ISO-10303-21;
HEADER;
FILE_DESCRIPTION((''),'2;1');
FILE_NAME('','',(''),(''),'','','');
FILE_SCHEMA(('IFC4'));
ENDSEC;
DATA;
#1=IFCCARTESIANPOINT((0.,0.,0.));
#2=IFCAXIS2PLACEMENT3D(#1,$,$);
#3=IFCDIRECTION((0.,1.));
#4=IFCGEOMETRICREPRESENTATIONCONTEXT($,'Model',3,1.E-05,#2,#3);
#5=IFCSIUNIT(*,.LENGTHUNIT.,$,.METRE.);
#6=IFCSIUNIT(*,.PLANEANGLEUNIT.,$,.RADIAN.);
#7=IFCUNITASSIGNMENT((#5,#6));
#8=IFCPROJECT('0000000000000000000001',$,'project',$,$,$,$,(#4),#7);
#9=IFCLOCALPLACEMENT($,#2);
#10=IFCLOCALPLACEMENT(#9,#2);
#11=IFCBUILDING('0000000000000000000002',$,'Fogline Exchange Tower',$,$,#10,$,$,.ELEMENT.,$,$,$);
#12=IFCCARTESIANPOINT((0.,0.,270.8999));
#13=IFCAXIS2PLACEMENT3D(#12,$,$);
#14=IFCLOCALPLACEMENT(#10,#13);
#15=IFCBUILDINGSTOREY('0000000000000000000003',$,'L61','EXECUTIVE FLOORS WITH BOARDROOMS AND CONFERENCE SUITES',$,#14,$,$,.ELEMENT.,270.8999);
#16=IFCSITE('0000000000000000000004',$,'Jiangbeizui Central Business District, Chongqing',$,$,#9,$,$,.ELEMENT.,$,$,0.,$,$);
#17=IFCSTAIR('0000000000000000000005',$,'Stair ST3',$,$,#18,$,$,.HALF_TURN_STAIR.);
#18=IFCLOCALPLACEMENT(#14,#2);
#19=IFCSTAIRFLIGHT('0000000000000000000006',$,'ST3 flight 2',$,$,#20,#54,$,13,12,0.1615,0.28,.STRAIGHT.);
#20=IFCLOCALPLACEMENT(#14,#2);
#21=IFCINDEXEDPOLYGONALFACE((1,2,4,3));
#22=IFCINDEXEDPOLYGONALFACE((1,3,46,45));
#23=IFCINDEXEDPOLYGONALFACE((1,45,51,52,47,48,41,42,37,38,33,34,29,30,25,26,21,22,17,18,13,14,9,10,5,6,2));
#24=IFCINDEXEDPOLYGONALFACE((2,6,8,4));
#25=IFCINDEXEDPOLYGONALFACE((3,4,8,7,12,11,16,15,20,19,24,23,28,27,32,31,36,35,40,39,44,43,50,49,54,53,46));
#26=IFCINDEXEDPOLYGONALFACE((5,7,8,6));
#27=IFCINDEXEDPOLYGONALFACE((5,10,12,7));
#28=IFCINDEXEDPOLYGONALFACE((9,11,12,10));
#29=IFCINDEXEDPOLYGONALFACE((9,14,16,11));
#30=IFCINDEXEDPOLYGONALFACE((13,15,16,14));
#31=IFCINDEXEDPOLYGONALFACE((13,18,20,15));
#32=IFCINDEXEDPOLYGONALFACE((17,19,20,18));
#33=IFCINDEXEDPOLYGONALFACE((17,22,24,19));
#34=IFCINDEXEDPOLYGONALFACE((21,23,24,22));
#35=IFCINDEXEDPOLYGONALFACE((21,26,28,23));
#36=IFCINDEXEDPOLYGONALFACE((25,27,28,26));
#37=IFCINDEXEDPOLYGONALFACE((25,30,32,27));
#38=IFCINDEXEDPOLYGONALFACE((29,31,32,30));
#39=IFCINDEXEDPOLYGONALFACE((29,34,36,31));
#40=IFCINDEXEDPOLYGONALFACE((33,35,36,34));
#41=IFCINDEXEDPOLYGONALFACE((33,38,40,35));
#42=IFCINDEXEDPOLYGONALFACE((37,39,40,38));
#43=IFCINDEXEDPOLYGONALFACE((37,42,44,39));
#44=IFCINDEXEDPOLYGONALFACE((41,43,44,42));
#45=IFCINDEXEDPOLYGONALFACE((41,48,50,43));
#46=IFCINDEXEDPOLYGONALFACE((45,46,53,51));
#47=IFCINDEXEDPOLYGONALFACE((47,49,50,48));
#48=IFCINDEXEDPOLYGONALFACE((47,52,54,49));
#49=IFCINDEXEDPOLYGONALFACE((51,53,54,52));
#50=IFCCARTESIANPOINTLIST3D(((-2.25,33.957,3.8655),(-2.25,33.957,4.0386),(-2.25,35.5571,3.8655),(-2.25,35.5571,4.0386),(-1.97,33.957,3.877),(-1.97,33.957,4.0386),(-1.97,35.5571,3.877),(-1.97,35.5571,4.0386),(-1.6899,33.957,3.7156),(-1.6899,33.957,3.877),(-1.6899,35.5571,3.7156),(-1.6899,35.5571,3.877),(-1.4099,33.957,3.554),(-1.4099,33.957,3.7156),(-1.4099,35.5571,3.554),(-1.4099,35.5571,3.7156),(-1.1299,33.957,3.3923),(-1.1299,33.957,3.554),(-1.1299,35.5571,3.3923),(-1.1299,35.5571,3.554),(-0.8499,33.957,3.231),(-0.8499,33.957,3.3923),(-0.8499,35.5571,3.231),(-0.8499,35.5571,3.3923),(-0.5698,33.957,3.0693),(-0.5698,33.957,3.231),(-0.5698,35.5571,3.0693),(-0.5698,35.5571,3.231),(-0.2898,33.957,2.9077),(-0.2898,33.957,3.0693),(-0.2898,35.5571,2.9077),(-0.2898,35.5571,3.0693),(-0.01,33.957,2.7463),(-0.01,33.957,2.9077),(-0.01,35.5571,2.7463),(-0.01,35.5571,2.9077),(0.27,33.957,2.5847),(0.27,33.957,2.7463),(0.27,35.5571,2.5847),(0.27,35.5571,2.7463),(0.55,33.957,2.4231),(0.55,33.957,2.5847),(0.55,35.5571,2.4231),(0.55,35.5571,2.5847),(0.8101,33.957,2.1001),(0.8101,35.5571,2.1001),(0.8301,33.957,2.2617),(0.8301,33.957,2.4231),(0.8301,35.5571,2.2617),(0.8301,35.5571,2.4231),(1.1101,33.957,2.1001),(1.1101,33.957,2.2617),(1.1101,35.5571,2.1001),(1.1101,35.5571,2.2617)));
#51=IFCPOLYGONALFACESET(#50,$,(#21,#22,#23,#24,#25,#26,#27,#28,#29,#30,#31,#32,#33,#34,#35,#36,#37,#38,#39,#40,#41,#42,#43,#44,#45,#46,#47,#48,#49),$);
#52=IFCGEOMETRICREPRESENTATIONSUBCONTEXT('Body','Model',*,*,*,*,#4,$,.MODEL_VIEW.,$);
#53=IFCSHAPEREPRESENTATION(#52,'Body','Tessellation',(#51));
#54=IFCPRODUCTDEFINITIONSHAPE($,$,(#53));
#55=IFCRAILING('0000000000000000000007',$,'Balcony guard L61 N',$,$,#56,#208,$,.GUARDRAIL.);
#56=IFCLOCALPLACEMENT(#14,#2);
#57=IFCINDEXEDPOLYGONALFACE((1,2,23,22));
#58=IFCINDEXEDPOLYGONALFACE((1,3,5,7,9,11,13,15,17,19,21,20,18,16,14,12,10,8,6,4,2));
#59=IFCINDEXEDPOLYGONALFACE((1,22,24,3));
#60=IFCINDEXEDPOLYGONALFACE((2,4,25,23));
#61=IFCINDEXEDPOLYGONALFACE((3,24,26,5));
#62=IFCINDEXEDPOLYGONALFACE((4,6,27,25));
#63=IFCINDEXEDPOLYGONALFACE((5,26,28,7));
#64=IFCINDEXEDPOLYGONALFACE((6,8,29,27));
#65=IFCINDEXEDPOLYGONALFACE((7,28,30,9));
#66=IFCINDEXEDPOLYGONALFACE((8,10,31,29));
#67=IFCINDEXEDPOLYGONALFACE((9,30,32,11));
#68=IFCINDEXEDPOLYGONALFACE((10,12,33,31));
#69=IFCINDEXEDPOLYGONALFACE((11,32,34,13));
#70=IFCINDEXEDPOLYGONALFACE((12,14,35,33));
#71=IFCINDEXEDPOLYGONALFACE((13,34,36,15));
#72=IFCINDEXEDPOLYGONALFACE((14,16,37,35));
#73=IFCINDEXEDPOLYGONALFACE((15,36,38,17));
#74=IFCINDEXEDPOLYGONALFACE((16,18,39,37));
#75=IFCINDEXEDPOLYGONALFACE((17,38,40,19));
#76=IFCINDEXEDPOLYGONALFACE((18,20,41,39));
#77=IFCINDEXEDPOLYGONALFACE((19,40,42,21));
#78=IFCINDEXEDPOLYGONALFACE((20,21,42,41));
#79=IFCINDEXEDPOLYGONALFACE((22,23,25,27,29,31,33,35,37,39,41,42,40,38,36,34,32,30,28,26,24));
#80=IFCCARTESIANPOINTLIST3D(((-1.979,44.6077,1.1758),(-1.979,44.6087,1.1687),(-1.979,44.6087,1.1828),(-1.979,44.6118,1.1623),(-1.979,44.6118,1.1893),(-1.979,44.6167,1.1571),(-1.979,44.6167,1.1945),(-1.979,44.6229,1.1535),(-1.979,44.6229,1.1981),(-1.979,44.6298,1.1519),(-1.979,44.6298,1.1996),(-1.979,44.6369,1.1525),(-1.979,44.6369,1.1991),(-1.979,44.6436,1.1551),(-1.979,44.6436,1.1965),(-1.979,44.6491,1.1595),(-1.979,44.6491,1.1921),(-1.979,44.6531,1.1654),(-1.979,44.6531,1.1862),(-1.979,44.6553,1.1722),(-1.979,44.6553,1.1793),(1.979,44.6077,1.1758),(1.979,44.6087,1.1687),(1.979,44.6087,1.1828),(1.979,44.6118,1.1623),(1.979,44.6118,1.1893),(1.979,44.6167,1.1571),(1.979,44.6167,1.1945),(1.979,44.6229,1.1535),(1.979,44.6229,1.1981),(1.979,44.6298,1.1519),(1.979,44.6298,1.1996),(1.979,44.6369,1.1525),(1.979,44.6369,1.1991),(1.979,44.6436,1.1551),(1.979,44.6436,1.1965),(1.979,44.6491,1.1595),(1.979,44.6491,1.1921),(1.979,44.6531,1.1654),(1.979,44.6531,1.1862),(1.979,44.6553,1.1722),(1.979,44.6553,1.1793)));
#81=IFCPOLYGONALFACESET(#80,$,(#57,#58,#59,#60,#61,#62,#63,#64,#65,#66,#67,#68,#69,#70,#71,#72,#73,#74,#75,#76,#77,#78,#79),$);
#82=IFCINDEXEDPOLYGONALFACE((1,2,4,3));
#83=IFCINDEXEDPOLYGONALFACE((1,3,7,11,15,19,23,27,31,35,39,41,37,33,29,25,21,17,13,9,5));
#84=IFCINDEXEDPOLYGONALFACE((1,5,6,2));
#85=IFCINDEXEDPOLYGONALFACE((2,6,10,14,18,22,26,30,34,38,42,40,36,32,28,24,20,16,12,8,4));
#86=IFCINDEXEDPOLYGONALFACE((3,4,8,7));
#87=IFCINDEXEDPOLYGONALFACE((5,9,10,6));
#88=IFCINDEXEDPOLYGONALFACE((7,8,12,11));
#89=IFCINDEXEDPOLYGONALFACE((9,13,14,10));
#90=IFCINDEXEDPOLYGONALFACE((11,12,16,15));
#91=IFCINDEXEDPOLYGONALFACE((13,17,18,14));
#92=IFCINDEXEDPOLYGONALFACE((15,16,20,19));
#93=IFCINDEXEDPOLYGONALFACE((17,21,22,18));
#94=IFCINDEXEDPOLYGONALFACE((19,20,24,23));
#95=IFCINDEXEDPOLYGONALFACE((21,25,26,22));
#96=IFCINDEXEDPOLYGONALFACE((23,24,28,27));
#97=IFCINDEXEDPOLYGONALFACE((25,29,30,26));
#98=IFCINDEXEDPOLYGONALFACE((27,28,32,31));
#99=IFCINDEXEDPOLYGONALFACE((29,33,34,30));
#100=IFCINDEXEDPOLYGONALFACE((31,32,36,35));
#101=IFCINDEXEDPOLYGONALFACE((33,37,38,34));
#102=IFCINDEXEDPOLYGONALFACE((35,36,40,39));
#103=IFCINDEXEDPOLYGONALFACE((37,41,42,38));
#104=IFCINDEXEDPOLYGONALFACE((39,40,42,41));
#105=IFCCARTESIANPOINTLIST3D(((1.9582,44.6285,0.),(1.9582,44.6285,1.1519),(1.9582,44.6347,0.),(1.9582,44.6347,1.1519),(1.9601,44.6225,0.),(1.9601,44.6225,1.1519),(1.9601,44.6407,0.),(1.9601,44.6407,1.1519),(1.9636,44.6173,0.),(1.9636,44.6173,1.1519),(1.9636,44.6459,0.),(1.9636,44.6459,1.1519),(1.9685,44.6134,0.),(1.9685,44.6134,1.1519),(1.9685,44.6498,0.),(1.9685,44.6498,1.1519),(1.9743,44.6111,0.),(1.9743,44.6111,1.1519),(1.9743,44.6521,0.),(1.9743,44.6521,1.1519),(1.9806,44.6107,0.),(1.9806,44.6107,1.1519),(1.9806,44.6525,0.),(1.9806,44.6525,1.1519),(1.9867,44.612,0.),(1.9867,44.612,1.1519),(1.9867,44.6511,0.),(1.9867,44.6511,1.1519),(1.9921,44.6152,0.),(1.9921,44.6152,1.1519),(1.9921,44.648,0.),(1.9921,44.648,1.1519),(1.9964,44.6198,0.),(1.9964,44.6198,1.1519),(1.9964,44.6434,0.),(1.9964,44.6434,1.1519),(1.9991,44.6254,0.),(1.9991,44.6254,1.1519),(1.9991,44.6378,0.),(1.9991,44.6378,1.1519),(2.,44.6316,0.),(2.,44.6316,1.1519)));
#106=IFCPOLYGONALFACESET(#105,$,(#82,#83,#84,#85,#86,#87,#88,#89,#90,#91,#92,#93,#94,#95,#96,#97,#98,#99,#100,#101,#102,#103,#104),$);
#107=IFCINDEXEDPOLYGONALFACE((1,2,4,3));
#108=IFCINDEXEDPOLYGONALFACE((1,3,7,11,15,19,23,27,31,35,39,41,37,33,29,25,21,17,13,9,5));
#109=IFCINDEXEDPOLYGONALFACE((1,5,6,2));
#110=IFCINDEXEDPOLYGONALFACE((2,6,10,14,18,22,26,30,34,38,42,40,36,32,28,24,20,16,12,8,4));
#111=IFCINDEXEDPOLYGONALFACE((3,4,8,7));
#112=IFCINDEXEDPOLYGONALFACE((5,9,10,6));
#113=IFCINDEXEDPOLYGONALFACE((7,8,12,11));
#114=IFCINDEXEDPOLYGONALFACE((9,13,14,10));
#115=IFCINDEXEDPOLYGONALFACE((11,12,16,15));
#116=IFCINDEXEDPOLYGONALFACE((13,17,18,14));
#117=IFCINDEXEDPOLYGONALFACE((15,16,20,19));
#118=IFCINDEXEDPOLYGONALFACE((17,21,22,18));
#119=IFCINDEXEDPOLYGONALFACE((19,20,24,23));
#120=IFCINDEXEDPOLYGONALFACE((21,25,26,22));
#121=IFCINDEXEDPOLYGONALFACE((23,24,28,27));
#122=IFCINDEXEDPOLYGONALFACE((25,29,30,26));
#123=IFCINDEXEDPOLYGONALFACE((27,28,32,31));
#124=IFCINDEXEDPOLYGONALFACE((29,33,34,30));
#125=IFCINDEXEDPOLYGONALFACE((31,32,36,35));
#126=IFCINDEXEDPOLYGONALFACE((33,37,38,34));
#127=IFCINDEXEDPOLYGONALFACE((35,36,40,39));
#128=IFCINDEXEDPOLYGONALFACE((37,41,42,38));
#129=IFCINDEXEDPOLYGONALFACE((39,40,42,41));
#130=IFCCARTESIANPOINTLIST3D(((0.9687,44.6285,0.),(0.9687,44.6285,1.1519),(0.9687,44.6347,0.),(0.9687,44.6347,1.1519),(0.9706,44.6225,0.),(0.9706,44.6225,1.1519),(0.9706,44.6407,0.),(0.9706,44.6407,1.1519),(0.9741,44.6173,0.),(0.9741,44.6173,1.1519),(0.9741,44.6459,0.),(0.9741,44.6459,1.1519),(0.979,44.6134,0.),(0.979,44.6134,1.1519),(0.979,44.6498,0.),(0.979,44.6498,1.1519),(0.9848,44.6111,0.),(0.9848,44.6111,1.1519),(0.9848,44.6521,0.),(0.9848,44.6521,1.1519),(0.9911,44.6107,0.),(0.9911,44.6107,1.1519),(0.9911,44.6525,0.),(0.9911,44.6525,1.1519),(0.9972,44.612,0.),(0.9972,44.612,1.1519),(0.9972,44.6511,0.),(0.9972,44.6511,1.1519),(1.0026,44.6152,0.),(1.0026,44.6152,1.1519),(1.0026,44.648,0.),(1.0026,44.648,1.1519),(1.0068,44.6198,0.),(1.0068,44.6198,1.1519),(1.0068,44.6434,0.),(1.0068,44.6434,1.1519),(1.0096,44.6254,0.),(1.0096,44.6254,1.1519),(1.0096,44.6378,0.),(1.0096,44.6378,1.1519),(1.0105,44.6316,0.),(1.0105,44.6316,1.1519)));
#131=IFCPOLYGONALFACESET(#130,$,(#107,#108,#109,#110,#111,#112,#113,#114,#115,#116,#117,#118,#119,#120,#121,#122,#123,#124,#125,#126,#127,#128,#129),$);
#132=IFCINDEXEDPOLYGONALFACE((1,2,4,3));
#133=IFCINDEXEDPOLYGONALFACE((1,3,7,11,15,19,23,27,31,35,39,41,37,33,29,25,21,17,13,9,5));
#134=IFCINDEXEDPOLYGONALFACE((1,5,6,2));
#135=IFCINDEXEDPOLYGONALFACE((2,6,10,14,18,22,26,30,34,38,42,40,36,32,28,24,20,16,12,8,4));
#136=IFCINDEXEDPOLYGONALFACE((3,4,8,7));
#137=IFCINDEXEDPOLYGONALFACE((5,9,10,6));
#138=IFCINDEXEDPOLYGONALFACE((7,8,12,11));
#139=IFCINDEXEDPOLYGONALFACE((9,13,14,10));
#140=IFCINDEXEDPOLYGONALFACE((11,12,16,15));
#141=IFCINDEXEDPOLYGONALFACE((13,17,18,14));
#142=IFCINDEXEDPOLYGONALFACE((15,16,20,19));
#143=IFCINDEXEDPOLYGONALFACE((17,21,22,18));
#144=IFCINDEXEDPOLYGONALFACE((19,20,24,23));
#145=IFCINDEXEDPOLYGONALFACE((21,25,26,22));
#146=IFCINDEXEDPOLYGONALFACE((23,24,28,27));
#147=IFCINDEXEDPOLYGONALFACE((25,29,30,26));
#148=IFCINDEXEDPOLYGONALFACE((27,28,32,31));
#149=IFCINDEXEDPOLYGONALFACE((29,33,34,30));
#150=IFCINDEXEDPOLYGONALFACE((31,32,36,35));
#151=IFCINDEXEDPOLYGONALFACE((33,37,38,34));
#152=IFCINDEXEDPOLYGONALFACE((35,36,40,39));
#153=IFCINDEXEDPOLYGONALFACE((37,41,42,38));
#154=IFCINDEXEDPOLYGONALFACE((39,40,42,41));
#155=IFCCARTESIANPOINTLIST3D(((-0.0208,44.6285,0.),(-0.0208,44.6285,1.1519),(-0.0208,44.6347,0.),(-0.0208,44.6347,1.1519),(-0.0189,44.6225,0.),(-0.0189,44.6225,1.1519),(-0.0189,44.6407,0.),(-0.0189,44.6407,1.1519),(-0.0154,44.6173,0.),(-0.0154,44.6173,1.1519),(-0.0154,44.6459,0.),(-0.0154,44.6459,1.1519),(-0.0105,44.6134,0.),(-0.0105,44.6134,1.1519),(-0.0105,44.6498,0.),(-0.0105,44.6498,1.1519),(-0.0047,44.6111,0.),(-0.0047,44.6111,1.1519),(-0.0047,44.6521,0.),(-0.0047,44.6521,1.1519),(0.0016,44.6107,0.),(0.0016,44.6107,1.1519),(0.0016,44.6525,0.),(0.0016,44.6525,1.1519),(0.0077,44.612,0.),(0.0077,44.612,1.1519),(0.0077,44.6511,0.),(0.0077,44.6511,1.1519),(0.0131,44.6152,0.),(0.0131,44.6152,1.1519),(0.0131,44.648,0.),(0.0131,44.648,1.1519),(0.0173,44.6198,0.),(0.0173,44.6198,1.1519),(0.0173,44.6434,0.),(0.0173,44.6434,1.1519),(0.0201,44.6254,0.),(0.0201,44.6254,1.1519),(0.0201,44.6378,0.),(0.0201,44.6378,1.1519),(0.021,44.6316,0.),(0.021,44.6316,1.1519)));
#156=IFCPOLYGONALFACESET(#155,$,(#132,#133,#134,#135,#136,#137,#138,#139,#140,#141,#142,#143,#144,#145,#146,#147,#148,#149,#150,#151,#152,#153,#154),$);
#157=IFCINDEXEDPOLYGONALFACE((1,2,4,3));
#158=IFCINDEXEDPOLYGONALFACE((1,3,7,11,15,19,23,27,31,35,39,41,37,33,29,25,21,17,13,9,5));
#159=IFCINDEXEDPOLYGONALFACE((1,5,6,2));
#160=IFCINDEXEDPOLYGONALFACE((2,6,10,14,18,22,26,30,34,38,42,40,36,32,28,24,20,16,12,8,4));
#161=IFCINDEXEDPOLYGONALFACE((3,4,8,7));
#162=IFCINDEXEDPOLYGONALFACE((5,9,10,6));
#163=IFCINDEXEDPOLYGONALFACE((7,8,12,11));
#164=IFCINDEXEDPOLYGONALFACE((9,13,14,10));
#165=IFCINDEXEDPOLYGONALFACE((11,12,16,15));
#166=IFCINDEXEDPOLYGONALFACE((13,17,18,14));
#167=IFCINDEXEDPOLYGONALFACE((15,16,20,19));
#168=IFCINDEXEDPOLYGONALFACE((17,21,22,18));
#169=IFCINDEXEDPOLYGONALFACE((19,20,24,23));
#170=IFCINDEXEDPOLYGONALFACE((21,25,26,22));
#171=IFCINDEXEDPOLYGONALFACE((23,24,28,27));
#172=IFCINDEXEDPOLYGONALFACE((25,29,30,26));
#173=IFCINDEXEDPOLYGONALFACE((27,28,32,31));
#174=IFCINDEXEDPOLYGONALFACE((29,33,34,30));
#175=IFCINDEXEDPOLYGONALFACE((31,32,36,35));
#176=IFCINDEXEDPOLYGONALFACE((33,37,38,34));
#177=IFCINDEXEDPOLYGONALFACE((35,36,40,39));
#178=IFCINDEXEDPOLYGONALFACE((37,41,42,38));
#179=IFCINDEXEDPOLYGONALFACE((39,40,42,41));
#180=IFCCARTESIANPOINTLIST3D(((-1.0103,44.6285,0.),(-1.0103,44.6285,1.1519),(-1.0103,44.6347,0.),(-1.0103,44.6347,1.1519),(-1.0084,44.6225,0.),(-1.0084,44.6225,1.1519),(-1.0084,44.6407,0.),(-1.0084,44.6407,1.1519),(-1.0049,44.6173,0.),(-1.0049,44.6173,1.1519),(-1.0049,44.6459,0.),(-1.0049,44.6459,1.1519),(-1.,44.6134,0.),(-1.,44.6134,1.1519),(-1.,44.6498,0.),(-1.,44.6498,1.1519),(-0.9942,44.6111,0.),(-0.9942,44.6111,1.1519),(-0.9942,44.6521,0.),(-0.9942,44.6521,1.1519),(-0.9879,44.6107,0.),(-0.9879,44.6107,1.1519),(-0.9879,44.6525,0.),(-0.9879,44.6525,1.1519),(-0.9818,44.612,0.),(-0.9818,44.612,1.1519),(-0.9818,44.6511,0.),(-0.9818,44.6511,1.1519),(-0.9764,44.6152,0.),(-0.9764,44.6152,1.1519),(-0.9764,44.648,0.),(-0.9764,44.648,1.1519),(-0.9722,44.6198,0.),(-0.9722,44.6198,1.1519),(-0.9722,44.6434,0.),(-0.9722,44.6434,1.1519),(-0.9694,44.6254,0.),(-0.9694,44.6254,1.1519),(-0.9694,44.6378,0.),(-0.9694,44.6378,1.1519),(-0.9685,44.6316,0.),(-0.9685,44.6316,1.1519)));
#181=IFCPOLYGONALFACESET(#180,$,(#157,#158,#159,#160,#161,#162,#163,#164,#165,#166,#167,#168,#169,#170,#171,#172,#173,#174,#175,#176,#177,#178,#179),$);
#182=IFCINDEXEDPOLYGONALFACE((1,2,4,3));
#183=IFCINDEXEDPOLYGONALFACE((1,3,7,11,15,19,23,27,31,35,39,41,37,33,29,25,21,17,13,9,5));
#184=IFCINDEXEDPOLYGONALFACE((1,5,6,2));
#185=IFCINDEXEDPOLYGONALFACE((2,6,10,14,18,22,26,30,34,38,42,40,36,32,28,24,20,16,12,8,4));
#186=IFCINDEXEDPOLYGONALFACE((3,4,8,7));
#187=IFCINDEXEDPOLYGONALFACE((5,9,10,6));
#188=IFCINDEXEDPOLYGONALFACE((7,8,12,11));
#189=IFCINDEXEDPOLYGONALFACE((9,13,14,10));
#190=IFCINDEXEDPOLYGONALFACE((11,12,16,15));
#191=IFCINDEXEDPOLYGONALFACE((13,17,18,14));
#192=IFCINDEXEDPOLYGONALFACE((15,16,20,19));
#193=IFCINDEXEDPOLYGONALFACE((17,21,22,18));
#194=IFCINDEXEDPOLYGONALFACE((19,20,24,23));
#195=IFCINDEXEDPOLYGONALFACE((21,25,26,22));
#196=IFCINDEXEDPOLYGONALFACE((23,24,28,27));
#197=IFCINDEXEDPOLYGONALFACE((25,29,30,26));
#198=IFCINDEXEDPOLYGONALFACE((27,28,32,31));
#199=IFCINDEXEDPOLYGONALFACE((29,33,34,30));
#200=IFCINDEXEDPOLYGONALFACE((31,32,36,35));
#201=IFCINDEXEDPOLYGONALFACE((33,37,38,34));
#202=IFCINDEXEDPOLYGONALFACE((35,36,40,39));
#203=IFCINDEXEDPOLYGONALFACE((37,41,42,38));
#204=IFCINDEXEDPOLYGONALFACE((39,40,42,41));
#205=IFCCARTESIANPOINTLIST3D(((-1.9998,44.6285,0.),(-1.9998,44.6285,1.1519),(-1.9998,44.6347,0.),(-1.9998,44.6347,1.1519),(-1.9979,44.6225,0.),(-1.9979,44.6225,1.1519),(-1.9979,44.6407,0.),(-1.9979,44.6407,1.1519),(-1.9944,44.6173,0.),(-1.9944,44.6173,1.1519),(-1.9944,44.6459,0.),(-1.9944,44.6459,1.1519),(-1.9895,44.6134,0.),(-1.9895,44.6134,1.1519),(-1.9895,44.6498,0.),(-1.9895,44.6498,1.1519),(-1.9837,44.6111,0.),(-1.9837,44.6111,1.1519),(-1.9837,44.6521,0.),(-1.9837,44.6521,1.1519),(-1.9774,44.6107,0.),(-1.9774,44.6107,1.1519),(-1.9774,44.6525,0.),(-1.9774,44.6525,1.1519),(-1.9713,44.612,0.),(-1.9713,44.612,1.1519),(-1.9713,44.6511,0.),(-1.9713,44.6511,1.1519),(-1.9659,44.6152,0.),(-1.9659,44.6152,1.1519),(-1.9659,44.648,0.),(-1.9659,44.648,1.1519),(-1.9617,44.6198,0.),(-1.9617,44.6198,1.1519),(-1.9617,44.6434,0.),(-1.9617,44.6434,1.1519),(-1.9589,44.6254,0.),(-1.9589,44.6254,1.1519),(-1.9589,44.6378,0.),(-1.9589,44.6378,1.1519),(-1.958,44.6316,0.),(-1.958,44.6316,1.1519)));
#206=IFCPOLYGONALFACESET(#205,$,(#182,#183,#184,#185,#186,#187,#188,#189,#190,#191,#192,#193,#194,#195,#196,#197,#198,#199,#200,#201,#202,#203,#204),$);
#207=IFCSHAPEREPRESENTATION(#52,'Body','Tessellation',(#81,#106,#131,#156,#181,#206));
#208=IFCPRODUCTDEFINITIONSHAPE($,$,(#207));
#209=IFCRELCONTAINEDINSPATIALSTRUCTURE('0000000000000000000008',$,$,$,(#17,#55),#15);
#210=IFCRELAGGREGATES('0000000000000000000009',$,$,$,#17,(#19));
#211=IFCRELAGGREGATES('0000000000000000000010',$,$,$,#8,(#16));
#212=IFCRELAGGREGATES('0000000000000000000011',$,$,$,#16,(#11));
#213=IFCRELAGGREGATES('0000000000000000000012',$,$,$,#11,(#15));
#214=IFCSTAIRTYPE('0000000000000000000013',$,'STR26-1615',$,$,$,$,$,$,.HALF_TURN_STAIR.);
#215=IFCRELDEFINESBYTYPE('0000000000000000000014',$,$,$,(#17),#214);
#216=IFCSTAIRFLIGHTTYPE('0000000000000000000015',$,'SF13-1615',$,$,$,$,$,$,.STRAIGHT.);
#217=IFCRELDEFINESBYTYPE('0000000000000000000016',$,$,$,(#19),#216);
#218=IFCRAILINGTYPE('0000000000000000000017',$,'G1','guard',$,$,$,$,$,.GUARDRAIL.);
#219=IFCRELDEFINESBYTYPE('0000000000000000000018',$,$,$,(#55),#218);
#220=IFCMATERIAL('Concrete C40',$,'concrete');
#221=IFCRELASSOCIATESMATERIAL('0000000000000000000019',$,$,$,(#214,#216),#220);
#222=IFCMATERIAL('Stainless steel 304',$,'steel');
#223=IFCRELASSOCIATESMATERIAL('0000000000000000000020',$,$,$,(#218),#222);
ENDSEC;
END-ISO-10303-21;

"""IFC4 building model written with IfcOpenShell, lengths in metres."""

from ifc_helpers import new_model, si_unit, direction, frame, origin, origin_2d, place, context, subcontext, project, spatial, polyline, circle, outline, extrude, material, type_object, element, aggregate, save


model = new_model("IFC4")

# Units and contexts
model_context = context("Model", 3, precision=1e-05, world=origin(), true_north=direction((0.0, 1.0)))
body_context = subcontext(model_context, "Body", "Model", "MODEL_VIEW")
ifc_project = project(units=[si_unit("LENGTHUNIT", "METRE"), si_unit("PLANEANGLEUNIT", "RADIAN")], contexts=[model_context])

# Site, building, storey
site_placement = place(None, origin())
site = spatial("IfcSite", under=ifc_project, at=site_placement, Name="Jiangbeizui Central Business District, Chongqing", CompositionType="ELEMENT", RefElevation=0.0)
building_placement = place(site_placement, origin())
building = spatial("IfcBuilding", under=site, at=building_placement, Name="Fogline Exchange Tower", CompositionType="ELEMENT")
storey_placement = place(building_placement, frame((0.0, 0.0, 270.8999)))
storey = spatial("IfcBuildingStorey", under=building, at=storey_placement, Name="L61", Description="EXECUTIVE FLOORS WITH BOARDROOMS AND CONFERENCE SUITES", CompositionType="ELEMENT", Elevation=270.8999)

# Shared definitions
ifc_material_1 = material(Name="Concrete C40", Category="concrete")

# Stair, stair flight
stair_type = type_object("IfcStairType", Name="STR26-1615", PredefinedType="HALF_TURN_STAIR", material=ifc_material_1)
stair_placement = place(storey_placement, origin())
stair = element("IfcStair", 1, at=stair_placement, inside=storey, type_object=stair_type, Name="Stair ST3", PredefinedType="HALF_TURN_STAIR")
stair_flight_type = type_object("IfcStairFlightType", Name="SF13-1615", PredefinedType="STRAIGHT", material=ifc_material_1)
stair_flight_placement = place(storey_placement, frame((1.1101, 34.7571, 2.1001), z_axis=(0.0, 0.0, 1.0), x_axis=(-1.0, 0.0, 0.0)))
stair_flight = element("IfcStairFlight", 2, at=stair_flight_placement, type_object=stair_flight_type, Name="ST3 flight 2", NumberOfRisers=13, NumberOfTreads=12, PredefinedType="STRAIGHT", RiserHeight=0.1615, TreadLength=0.28, context=body_context, shape_type="SweptSolid", body=[
    extrude(outline(polyline([(0.0, 0.0), (0.0, 0.1616), (0.28, 0.1616), (0.28, 0.323), (0.5601, 0.323), (0.5601, 0.4846), (0.8401, 0.4846), (0.8401, 0.6462), (1.1201, 0.6462), (1.1201, 0.8076), (1.3999, 0.8076), (1.3999, 0.9692), (1.6799, 0.9692), (1.6799, 1.1309), (1.96, 1.1309), (1.96, 1.2922), (2.24, 1.2922), (2.24, 1.4539), (2.52, 1.4539), (2.52, 1.6155), (2.8, 1.6155), (2.8, 1.7769), (3.0801, 1.7769), (3.0801, 1.9385), (3.3601, 1.9385), (3.3601, 2.1001), (3.3601, 1.7654), (0.3, 0.0), (0.0, 0.0)])), frame((0.0, 0.8, 0.0), z_axis=(0.0, -1.0, 0.0), x_axis=(1.0, 0.0, 0.0)), (0.0, 0.0, 1.0), 1.6001),
])
aggregate(stair, [stair_flight])

# Railing
ifc_material_2 = material(Name="Stainless steel 304", Category="steel")
railing_type = type_object("IfcRailingType", Name="G1", Description="guard", PredefinedType="GUARDRAIL", material=ifc_material_2)
railing_placement = place(storey_placement, frame((1.979, 44.6316, 0.0)))
element("IfcRailing", 3, at=railing_placement, inside=storey, type_object=railing_type, Name="Balcony guard L61 N", PredefinedType="GUARDRAIL", context=body_context, shape_type="SweptSolid", body=[
    extrude(circle(Radius=0.0239, at=origin_2d()), frame((0.0, 0.0, 1.1758), z_axis=(-1.0, 0.0, 0.0), x_axis=(0.0, -1.0, 0.0)), (0.0, 0.0, 1.0), 3.958),
    extrude(circle(Radius=0.021, at=origin_2d()), origin(), (0.0, 0.0, 1.0), 1.1519),
    extrude(circle(Radius=0.021, at=origin_2d()), frame((-0.9895, 0.0, 0.0)), (0.0, 0.0, 1.0), 1.1519),
    extrude(circle(Radius=0.021, at=origin_2d()), frame((-1.979, 0.0, 0.0)), (0.0, 0.0, 1.0), 1.1519),
    extrude(circle(Radius=0.021, at=origin_2d()), frame((-2.9685, 0.0, 0.0)), (0.0, 0.0, 1.0), 1.1519),
    extrude(circle(Radius=0.021, at=origin_2d()), frame((-3.958, 0.0, 0.0)), (0.0, 0.0, 1.0), 1.1519),
])

save(model, "model.ifc")
